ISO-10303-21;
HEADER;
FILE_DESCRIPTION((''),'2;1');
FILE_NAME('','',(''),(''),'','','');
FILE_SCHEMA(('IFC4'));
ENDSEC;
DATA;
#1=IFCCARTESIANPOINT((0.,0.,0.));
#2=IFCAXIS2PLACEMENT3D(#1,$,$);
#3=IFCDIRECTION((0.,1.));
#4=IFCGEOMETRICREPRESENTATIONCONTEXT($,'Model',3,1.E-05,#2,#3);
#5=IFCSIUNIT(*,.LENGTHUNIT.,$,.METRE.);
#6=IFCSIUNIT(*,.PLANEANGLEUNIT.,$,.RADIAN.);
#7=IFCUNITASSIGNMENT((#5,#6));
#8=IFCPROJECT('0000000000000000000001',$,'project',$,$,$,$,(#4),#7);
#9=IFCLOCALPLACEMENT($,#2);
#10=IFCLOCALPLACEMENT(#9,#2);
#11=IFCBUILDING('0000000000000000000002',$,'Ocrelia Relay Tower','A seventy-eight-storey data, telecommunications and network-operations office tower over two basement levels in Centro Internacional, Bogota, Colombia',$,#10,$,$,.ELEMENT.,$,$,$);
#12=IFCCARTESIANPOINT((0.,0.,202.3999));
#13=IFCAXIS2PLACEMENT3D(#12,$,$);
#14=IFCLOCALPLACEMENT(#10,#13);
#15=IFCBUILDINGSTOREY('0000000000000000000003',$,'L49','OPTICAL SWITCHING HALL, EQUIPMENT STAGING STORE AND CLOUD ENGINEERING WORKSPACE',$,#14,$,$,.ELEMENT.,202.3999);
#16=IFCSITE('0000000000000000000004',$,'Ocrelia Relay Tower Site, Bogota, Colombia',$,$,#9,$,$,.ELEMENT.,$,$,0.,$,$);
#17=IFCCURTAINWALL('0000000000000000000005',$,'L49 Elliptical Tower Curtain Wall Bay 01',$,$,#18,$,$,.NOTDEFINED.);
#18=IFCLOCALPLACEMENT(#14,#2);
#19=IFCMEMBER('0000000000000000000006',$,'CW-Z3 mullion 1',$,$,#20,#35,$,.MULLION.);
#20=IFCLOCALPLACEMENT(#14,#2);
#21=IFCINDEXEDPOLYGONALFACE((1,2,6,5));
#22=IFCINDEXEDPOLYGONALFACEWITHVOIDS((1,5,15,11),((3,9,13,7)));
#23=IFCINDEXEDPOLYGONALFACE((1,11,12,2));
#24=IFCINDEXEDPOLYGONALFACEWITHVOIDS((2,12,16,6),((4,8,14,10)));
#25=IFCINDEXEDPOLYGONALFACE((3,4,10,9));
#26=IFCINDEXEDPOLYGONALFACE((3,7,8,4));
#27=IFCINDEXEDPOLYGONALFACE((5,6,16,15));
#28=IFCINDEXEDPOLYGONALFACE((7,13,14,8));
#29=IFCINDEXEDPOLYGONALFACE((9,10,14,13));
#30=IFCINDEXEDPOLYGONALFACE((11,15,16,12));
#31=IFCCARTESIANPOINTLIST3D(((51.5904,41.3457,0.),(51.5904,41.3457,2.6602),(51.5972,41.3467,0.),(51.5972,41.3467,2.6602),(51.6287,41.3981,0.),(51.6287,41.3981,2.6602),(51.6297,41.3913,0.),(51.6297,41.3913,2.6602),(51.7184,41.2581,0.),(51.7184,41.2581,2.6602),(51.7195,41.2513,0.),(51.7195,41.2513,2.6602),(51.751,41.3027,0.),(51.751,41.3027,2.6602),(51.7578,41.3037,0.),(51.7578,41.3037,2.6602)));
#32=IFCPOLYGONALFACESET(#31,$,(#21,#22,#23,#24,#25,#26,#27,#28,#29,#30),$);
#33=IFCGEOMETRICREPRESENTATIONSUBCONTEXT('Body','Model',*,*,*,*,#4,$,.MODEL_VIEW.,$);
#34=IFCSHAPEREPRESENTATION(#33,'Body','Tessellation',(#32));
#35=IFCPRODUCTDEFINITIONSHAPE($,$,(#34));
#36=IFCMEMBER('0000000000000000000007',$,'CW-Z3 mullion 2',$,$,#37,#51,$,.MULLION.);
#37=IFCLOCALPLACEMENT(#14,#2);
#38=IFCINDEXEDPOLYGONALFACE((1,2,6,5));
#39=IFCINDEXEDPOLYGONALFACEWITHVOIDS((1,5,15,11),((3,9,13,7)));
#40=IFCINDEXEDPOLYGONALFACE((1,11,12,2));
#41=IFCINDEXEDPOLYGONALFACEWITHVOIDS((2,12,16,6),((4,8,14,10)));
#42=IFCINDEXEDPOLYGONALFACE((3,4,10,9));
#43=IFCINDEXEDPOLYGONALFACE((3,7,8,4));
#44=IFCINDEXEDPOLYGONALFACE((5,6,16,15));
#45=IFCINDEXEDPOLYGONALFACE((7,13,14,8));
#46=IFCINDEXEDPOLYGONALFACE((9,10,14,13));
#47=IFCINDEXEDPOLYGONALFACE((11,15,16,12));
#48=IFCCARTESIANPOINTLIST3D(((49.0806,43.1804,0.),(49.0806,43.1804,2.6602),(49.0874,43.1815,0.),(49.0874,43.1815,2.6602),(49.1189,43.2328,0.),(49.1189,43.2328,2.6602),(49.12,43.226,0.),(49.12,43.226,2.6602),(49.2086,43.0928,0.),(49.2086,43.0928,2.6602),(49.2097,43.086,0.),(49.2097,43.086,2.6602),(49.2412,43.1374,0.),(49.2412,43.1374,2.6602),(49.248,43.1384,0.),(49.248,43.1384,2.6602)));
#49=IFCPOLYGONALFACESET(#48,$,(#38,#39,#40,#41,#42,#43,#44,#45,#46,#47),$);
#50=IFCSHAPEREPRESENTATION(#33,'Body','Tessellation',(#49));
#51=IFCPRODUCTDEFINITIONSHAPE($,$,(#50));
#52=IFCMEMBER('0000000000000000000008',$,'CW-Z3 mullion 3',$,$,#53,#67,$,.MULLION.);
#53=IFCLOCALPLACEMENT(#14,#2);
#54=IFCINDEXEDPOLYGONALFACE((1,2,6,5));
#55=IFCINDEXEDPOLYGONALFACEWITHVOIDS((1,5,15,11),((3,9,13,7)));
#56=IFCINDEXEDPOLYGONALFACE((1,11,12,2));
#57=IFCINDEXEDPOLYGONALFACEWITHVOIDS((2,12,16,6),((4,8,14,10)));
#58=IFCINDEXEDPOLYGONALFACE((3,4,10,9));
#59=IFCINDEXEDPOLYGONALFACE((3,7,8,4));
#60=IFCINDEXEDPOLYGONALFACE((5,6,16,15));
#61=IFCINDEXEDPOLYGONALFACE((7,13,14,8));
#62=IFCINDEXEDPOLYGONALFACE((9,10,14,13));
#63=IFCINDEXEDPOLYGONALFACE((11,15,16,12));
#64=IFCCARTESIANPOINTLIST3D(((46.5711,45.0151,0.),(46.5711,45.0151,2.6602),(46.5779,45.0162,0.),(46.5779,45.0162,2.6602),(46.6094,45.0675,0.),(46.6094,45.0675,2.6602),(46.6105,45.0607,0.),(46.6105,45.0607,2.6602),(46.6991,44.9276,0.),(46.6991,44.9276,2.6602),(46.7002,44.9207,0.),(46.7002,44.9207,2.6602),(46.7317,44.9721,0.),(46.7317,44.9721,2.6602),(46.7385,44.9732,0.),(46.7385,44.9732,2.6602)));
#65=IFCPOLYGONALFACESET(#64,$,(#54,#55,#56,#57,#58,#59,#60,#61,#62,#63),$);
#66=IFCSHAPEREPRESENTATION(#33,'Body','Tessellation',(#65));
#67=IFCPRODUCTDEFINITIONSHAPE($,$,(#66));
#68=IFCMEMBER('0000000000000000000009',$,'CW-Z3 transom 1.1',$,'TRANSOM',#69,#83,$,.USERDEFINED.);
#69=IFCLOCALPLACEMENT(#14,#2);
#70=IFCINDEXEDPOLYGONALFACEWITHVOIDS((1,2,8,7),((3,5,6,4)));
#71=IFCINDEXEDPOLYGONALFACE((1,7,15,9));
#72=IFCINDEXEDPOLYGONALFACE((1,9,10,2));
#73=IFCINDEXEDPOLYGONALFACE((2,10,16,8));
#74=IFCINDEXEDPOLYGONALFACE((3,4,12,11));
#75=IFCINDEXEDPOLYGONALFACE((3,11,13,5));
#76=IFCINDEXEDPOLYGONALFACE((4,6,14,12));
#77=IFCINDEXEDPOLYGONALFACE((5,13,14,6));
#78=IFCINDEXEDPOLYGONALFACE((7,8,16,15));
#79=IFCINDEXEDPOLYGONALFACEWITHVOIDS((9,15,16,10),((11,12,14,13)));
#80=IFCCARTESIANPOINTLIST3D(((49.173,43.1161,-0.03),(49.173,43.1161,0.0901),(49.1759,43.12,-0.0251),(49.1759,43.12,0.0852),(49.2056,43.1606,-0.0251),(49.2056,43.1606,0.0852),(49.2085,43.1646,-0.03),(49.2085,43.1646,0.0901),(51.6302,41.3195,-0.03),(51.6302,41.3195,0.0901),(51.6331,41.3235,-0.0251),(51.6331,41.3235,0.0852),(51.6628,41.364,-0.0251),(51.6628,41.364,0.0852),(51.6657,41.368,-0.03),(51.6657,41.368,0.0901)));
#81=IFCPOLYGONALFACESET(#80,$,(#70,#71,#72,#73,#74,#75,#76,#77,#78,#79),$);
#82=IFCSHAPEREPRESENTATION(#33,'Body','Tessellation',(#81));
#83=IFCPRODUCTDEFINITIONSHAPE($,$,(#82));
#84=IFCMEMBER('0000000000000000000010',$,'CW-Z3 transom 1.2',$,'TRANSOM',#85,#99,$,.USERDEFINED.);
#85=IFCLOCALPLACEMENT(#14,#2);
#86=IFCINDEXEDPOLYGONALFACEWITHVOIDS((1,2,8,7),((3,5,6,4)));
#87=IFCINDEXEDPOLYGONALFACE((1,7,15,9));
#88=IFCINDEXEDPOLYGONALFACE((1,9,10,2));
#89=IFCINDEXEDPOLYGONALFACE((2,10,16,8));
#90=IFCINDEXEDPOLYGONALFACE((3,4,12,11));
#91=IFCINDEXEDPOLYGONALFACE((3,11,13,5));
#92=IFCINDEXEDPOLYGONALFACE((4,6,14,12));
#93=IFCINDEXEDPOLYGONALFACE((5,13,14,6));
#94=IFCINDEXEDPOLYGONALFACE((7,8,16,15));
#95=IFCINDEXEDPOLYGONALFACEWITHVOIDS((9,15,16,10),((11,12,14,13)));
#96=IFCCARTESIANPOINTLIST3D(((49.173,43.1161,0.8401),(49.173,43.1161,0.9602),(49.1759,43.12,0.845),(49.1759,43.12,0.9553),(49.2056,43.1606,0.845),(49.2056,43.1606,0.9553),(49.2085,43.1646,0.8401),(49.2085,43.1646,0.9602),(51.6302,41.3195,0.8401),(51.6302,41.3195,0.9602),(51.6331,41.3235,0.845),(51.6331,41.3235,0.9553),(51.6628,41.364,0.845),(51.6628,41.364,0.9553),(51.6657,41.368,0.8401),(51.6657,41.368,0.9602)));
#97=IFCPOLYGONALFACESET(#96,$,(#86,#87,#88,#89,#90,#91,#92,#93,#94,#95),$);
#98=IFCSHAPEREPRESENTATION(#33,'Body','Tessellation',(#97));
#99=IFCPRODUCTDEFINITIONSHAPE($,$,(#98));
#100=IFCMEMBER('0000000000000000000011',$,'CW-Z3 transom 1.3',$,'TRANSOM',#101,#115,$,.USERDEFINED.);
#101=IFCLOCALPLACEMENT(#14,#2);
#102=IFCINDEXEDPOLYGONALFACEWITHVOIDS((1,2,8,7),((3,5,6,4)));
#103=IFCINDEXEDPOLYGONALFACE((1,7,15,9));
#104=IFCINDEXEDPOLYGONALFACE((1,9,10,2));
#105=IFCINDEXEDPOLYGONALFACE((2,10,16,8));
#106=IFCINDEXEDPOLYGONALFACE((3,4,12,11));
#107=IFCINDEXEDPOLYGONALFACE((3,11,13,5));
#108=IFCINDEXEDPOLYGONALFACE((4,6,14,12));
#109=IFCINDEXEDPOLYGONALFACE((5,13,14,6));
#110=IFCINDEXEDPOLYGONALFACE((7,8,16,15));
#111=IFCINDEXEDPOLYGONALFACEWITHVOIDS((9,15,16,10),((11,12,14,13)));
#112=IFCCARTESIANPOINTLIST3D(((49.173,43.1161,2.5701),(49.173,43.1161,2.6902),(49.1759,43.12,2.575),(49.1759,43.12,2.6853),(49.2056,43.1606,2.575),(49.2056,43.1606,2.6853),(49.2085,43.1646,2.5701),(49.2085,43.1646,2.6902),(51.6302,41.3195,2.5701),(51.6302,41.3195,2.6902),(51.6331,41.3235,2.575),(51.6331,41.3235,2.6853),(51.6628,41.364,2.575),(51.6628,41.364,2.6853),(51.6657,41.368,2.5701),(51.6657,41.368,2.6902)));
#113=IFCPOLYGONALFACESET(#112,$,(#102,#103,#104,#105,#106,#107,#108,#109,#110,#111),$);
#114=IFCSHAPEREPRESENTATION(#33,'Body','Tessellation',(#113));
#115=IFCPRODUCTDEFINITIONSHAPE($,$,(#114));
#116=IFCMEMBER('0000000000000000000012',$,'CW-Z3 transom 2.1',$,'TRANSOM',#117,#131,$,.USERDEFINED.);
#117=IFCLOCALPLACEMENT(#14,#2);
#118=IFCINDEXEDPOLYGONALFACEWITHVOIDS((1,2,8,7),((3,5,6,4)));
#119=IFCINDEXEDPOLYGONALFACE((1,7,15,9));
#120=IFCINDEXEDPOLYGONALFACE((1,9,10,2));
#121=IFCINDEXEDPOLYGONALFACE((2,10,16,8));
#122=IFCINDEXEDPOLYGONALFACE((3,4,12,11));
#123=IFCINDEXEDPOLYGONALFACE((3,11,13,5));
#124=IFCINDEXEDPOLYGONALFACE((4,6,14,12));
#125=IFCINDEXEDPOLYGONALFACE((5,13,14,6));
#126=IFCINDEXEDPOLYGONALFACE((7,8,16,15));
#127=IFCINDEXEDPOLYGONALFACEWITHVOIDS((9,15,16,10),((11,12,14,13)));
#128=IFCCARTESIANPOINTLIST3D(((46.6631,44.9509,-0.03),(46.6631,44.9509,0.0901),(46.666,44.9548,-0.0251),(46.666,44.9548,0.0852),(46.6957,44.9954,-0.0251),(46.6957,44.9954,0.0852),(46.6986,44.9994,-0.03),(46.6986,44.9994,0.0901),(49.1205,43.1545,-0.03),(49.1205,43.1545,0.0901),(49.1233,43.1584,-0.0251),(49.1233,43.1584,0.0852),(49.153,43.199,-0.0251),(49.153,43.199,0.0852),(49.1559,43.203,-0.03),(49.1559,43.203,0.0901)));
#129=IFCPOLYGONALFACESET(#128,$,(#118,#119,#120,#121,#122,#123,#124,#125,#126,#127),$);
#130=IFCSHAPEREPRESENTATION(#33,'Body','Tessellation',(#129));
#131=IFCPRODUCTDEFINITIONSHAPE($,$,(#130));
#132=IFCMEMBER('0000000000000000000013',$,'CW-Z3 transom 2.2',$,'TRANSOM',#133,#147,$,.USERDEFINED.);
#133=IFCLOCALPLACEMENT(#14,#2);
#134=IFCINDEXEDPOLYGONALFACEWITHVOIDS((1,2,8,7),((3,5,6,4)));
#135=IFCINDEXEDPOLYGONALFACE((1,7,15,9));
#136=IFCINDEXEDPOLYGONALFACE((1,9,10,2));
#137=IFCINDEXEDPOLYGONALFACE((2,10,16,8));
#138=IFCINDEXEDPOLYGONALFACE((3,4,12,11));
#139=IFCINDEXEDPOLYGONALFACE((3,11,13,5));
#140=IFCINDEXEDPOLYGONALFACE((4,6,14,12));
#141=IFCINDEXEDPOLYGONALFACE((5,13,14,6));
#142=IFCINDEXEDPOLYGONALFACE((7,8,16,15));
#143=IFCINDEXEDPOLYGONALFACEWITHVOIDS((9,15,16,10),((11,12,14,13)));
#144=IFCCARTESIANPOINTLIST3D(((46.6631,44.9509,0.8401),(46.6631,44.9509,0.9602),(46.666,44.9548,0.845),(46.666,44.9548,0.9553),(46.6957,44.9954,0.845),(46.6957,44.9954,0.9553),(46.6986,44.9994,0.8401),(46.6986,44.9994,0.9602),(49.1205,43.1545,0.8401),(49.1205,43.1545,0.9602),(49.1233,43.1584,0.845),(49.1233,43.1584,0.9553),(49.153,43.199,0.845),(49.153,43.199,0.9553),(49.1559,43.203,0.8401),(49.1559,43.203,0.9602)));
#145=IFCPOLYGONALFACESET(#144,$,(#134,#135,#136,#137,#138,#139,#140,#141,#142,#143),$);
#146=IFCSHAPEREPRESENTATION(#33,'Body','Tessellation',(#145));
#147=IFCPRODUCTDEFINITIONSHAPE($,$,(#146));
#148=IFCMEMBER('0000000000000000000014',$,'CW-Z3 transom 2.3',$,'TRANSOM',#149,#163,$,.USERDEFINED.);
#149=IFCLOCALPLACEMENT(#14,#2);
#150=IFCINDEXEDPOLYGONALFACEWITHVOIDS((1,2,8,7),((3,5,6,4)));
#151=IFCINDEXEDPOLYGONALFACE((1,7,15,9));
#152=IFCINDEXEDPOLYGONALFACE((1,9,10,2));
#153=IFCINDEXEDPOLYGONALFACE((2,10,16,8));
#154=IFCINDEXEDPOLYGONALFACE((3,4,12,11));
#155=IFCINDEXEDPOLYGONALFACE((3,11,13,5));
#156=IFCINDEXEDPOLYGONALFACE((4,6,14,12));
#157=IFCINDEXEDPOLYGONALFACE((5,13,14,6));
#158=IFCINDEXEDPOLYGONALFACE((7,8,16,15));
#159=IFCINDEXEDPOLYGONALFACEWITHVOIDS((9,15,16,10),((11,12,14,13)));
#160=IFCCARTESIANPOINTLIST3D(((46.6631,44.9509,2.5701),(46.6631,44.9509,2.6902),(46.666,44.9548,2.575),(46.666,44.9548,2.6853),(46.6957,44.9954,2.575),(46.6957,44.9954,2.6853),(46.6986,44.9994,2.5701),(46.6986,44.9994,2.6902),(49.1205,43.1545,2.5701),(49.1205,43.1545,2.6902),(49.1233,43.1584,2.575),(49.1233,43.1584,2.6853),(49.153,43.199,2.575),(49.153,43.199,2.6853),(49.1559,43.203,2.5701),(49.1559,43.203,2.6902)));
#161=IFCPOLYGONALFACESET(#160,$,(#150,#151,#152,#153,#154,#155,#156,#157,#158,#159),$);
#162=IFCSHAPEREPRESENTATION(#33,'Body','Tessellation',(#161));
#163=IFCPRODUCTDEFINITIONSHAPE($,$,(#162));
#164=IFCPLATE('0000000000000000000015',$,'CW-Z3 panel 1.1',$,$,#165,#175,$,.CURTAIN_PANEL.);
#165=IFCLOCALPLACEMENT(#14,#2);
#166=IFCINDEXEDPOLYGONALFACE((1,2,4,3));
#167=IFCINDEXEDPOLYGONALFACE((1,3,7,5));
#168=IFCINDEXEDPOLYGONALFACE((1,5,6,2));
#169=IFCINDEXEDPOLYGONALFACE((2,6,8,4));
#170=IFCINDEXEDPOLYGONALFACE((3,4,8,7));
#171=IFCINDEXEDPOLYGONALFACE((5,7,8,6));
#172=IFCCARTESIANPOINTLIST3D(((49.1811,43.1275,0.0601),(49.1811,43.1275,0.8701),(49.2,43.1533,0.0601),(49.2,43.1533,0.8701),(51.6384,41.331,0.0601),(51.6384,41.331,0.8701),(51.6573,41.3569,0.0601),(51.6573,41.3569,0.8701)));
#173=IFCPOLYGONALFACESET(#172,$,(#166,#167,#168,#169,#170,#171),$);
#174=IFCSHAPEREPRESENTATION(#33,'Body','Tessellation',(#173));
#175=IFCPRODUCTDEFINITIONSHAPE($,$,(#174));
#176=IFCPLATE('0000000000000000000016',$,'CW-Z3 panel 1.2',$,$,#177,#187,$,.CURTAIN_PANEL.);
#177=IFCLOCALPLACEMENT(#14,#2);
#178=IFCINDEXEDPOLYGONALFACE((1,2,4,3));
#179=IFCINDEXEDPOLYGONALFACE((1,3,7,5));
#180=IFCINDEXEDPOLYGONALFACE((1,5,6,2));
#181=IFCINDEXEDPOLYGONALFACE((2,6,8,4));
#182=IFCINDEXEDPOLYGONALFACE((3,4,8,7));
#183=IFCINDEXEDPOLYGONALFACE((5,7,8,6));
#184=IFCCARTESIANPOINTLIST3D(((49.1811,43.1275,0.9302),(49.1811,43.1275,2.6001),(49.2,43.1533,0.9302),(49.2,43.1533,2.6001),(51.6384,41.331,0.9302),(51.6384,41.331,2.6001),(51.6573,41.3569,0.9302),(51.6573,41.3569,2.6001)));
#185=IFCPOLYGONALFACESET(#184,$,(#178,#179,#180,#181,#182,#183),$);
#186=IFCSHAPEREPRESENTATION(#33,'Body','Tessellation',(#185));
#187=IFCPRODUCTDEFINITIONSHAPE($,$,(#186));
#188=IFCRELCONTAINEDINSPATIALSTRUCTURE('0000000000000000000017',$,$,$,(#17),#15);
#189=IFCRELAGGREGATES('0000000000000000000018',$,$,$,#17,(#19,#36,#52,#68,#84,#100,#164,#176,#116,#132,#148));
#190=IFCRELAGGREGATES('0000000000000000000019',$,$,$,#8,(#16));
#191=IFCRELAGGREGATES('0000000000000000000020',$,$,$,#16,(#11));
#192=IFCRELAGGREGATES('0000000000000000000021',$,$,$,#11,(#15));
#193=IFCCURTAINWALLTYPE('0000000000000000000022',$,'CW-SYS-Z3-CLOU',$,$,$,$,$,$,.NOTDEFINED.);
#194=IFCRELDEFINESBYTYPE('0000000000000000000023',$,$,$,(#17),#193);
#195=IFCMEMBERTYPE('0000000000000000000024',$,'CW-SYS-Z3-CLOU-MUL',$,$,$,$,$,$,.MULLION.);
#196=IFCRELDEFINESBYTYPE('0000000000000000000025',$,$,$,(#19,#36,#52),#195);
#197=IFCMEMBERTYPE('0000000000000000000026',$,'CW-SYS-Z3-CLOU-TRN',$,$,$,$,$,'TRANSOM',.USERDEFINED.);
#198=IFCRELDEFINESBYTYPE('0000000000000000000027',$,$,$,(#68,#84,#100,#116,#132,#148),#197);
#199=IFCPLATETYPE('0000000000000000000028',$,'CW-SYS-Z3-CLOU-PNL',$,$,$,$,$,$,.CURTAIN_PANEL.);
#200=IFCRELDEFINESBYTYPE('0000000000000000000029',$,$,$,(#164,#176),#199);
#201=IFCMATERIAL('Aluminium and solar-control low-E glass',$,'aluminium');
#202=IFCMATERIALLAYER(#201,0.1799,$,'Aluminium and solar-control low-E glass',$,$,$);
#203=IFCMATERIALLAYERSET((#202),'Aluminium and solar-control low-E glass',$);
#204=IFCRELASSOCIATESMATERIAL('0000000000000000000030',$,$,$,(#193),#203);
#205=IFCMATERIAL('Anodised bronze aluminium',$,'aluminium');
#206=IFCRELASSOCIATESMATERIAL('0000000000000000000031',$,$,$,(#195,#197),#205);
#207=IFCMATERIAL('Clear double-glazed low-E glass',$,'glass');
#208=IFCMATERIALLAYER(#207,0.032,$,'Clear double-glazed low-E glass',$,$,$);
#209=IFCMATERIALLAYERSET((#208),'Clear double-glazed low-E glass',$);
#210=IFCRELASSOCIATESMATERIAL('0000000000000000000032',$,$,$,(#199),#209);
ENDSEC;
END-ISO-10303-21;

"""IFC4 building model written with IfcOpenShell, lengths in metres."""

from ifc_helpers import new_model, si_unit, direction, frame, origin, origin_2d, place, context, subcontext, project, spatial, rectangle, hollow_rectangle, extrude, material, layer, layer_set, material_profile, profile_set, type_object, element, aggregate, save


model = new_model("IFC4")

# Units and contexts
model_context = context("Model", 3, precision=1e-05, world=origin(), true_north=direction((0.0, 1.0)))
body_context = subcontext(model_context, "Body", "Model", "MODEL_VIEW")
ifc_project = project(units=[si_unit("LENGTHUNIT", "METRE"), si_unit("PLANEANGLEUNIT", "RADIAN")], contexts=[model_context])

# Site, building, storey
site_placement = place(None, origin())
site = spatial("IfcSite", under=ifc_project, at=site_placement, Name="Ocrelia Relay Tower Site, Bogota, Colombia", CompositionType="ELEMENT", RefElevation=0.0)
building_placement = place(site_placement, origin())
building = spatial("IfcBuilding", under=site, at=building_placement, Name="Ocrelia Relay Tower", Description="A seventy-eight-storey data, telecommunications and network-operations office tower over two basement levels in Centro Internacional, Bogota, Colombia", CompositionType="ELEMENT")
storey_placement = place(building_placement, frame((0.0, 0.0, 202.3999)))
storey = spatial("IfcBuildingStorey", under=building, at=storey_placement, Name="L49", Description="OPTICAL SWITCHING HALL, EQUIPMENT STAGING STORE AND CLOUD ENGINEERING WORKSPACE", CompositionType="ELEMENT", Elevation=202.3999)

# Curtain wall, members, plates
ifc_material_1 = material(Name="Aluminium and solar-control low-E glass", Category="aluminium")
ifc_layer_1 = layer(ifc_material_1, 0.1799, Name="Aluminium and solar-control low-E glass")
ifc_layer_set_1 = layer_set([ifc_layer_1], Name="Aluminium and solar-control low-E glass")
curtain_wall_type = type_object("IfcCurtainWallType", Name="CW-SYS-Z3-CLOU", PredefinedType="NOTDEFINED", material=ifc_layer_set_1)
curtain_wall_placement = place(storey_placement, origin())
curtain_wall = element("IfcCurtainWall", 1, at=curtain_wall_placement, inside=storey, type_object=curtain_wall_type, Name="L49 Elliptical Tower Curtain Wall Bay 01", PredefinedType="NOTDEFINED")
ifc_material_2 = material(Name="Anodised bronze aluminium", Category="aluminium")
ifc_material_profile_1 = material_profile(ifc_material_2, hollow_rectangle(XDim=0.0649, YDim=0.1599, WallThickness=0.0049, at=origin_2d()), Name="CW-MUL-160x65")
ifc_profile_set_1 = profile_set([ifc_material_profile_1], Name="Anodised bronze aluminium")
member_type_1 = type_object("IfcMemberType", Name="CW-SYS-Z3-CLOU-MUL", PredefinedType="MULLION", material=ifc_profile_set_1)
member_1_placement = place(storey_placement, frame((51.6741, 41.3247, 0.0), z_axis=(0.0, 0.0, 1.0), x_axis=(-0.590181, -0.807271, 0.0)))
member_1 = element("IfcMember", 2, at=member_1_placement, type_object=member_type_1, Name="CW-Z3 mullion 1", PredefinedType="MULLION", context=body_context, shape_type="SweptSolid", body=[
    extrude(hollow_rectangle(XDim=0.0649, YDim=0.1599, WallThickness=0.0049, at=origin_2d()), origin(), (0.0, 0.0, 1.0), 2.6602),
])
member_2_placement = place(storey_placement, frame((49.1643, 43.1594, 0.0), z_axis=(0.0, 0.0, 1.0), x_axis=(-0.590181, -0.807271, 0.0)))
member_2 = element("IfcMember", 3, at=member_2_placement, type_object=member_type_1, Name="CW-Z3 mullion 2", PredefinedType="MULLION", context=body_context, shape_type="SweptSolid", body=[
    extrude(hollow_rectangle(XDim=0.0649, YDim=0.1599, WallThickness=0.0049, at=origin_2d()), origin(), (0.0, 0.0, 1.0), 2.6602),
])
member_3_placement = place(storey_placement, frame((46.6548, 44.9941, 0.0), z_axis=(0.0, 0.0, 1.0), x_axis=(-0.590181, -0.807271, 0.0)))
member_3 = element("IfcMember", 4, at=member_3_placement, type_object=member_type_1, Name="CW-Z3 mullion 3", PredefinedType="MULLION", context=body_context, shape_type="SweptSolid", body=[
    extrude(hollow_rectangle(XDim=0.0649, YDim=0.1599, WallThickness=0.0049, at=origin_2d()), origin(), (0.0, 0.0, 1.0), 2.6602),
])
ifc_material_profile_2 = material_profile(ifc_material_2, hollow_rectangle(XDim=0.0601, YDim=0.1201, WallThickness=0.0049, at=origin_2d()), Name="CW-TRN-120x60")
ifc_profile_set_2 = profile_set([ifc_material_profile_2], Name="Anodised bronze aluminium")
member_type_2 = type_object("IfcMemberType", Name="CW-SYS-Z3-CLOU-TRN", ElementType="TRANSOM", PredefinedType="USERDEFINED", material=ifc_profile_set_2)
member_4_placement = place(storey_placement, frame((51.6479, 41.3438, 0.03), z_axis=(-0.807246, 0.590216, 0.0), x_axis=(-0.590216, -0.807246, 0.0)))
member_4 = element("IfcMember", 5, at=member_4_placement, type_object=member_type_2, Name="CW-Z3 transom 1.1", ObjectType="TRANSOM", PredefinedType="USERDEFINED", context=body_context, shape_type="SweptSolid", body=[
    extrude(hollow_rectangle(XDim=0.0601, YDim=0.1201, WallThickness=0.0049, at=origin_2d()), origin(), (0.0, 0.0, 1.0), 3.0439),
])
member_5_placement = place(storey_placement, frame((51.6479, 41.3438, 0.9001), z_axis=(-0.807246, 0.590216, 0.0), x_axis=(-0.590216, -0.807246, 0.0)))
member_5 = element("IfcMember", 6, at=member_5_placement, type_object=member_type_2, Name="CW-Z3 transom 1.2", ObjectType="TRANSOM", PredefinedType="USERDEFINED", context=body_context, shape_type="SweptSolid", body=[
    extrude(hollow_rectangle(XDim=0.0601, YDim=0.1201, WallThickness=0.0049, at=origin_2d()), origin(), (0.0, 0.0, 1.0), 3.0439),
])
member_6_placement = place(storey_placement, frame((51.6479, 41.3438, 2.6301), z_axis=(-0.807246, 0.590216, 0.0), x_axis=(-0.590216, -0.807246, 0.0)))
member_6 = element("IfcMember", 7, at=member_6_placement, type_object=member_type_2, Name="CW-Z3 transom 1.3", ObjectType="TRANSOM", PredefinedType="USERDEFINED", context=body_context, shape_type="SweptSolid", body=[
    extrude(hollow_rectangle(XDim=0.0601, YDim=0.1201, WallThickness=0.0049, at=origin_2d()), origin(), (0.0, 0.0, 1.0), 3.0439),
])
member_7_placement = place(storey_placement, frame((49.1382, 43.1787, 0.03), z_axis=(-0.807284, 0.590163, 0.0), x_axis=(-0.590163, -0.807284, 0.0)))
member_7 = element("IfcMember", 8, at=member_7_placement, type_object=member_type_2, Name="CW-Z3 transom 2.1", ObjectType="TRANSOM", PredefinedType="USERDEFINED", context=body_context, shape_type="SweptSolid", body=[
    extrude(hollow_rectangle(XDim=0.0601, YDim=0.1201, WallThickness=0.0049, at=origin_2d()), origin(), (0.0, 0.0, 1.0), 3.0439),
])
member_8_placement = place(storey_placement, frame((49.1382, 43.1787, 0.9001), z_axis=(-0.807284, 0.590163, 0.0), x_axis=(-0.590163, -0.807284, 0.0)))
member_8 = element("IfcMember", 9, at=member_8_placement, type_object=member_type_2, Name="CW-Z3 transom 2.2", ObjectType="TRANSOM", PredefinedType="USERDEFINED", context=body_context, shape_type="SweptSolid", body=[
    extrude(hollow_rectangle(XDim=0.0601, YDim=0.1201, WallThickness=0.0049, at=origin_2d()), origin(), (0.0, 0.0, 1.0), 3.0439),
])
member_9_placement = place(storey_placement, frame((49.1382, 43.1787, 2.6301), z_axis=(-0.807284, 0.590163, 0.0), x_axis=(-0.590163, -0.807284, 0.0)))
member_9 = element("IfcMember", 10, at=member_9_placement, type_object=member_type_2, Name="CW-Z3 transom 2.3", ObjectType="TRANSOM", PredefinedType="USERDEFINED", context=body_context, shape_type="SweptSolid", body=[
    extrude(hollow_rectangle(XDim=0.0601, YDim=0.1201, WallThickness=0.0049, at=origin_2d()), origin(), (0.0, 0.0, 1.0), 3.0439),
])
ifc_material_3 = material(Name="Clear double-glazed low-E glass", Category="glass")
ifc_layer_2 = layer(ifc_material_3, 0.032, Name="Clear double-glazed low-E glass")
ifc_layer_set_2 = layer_set([ifc_layer_2], Name="Clear double-glazed low-E glass")
plate_type = type_object("IfcPlateType", Name="CW-SYS-Z3-CLOU-PNL", PredefinedType="CURTAIN_PANEL", material=ifc_layer_set_2)
plate_1_placement = place(storey_placement, frame((50.4192, 42.2422, 0.0601), z_axis=(0.0, 0.0, 1.0), x_axis=(-0.807271, 0.590181, 0.0)))
plate_1 = element("IfcPlate", 11, at=plate_1_placement, type_object=plate_type, Name="CW-Z3 panel 1.1", PredefinedType="CURTAIN_PANEL", context=body_context, shape_type="SweptSolid", body=[
    extrude(rectangle(XDim=3.0439, YDim=0.032, at=origin_2d()), origin(), (0.0, 0.0, 1.0), 0.8101),
])
plate_2_placement = place(storey_placement, frame((50.4192, 42.2422, 0.9302), z_axis=(0.0, 0.0, 1.0), x_axis=(-0.807271, 0.590181, 0.0)))
plate_2 = element("IfcPlate", 12, at=plate_2_placement, type_object=plate_type, Name="CW-Z3 panel 1.2", PredefinedType="CURTAIN_PANEL", context=body_context, shape_type="SweptSolid", body=[
    extrude(rectangle(XDim=3.0439, YDim=0.032, at=origin_2d()), origin(), (0.0, 0.0, 1.0), 1.6699),
])
aggregate(curtain_wall, [member_1, member_2, member_3, member_4, member_5, member_6, plate_1, plate_2, member_7, member_8, member_9])

save(model, "model.ifc")
